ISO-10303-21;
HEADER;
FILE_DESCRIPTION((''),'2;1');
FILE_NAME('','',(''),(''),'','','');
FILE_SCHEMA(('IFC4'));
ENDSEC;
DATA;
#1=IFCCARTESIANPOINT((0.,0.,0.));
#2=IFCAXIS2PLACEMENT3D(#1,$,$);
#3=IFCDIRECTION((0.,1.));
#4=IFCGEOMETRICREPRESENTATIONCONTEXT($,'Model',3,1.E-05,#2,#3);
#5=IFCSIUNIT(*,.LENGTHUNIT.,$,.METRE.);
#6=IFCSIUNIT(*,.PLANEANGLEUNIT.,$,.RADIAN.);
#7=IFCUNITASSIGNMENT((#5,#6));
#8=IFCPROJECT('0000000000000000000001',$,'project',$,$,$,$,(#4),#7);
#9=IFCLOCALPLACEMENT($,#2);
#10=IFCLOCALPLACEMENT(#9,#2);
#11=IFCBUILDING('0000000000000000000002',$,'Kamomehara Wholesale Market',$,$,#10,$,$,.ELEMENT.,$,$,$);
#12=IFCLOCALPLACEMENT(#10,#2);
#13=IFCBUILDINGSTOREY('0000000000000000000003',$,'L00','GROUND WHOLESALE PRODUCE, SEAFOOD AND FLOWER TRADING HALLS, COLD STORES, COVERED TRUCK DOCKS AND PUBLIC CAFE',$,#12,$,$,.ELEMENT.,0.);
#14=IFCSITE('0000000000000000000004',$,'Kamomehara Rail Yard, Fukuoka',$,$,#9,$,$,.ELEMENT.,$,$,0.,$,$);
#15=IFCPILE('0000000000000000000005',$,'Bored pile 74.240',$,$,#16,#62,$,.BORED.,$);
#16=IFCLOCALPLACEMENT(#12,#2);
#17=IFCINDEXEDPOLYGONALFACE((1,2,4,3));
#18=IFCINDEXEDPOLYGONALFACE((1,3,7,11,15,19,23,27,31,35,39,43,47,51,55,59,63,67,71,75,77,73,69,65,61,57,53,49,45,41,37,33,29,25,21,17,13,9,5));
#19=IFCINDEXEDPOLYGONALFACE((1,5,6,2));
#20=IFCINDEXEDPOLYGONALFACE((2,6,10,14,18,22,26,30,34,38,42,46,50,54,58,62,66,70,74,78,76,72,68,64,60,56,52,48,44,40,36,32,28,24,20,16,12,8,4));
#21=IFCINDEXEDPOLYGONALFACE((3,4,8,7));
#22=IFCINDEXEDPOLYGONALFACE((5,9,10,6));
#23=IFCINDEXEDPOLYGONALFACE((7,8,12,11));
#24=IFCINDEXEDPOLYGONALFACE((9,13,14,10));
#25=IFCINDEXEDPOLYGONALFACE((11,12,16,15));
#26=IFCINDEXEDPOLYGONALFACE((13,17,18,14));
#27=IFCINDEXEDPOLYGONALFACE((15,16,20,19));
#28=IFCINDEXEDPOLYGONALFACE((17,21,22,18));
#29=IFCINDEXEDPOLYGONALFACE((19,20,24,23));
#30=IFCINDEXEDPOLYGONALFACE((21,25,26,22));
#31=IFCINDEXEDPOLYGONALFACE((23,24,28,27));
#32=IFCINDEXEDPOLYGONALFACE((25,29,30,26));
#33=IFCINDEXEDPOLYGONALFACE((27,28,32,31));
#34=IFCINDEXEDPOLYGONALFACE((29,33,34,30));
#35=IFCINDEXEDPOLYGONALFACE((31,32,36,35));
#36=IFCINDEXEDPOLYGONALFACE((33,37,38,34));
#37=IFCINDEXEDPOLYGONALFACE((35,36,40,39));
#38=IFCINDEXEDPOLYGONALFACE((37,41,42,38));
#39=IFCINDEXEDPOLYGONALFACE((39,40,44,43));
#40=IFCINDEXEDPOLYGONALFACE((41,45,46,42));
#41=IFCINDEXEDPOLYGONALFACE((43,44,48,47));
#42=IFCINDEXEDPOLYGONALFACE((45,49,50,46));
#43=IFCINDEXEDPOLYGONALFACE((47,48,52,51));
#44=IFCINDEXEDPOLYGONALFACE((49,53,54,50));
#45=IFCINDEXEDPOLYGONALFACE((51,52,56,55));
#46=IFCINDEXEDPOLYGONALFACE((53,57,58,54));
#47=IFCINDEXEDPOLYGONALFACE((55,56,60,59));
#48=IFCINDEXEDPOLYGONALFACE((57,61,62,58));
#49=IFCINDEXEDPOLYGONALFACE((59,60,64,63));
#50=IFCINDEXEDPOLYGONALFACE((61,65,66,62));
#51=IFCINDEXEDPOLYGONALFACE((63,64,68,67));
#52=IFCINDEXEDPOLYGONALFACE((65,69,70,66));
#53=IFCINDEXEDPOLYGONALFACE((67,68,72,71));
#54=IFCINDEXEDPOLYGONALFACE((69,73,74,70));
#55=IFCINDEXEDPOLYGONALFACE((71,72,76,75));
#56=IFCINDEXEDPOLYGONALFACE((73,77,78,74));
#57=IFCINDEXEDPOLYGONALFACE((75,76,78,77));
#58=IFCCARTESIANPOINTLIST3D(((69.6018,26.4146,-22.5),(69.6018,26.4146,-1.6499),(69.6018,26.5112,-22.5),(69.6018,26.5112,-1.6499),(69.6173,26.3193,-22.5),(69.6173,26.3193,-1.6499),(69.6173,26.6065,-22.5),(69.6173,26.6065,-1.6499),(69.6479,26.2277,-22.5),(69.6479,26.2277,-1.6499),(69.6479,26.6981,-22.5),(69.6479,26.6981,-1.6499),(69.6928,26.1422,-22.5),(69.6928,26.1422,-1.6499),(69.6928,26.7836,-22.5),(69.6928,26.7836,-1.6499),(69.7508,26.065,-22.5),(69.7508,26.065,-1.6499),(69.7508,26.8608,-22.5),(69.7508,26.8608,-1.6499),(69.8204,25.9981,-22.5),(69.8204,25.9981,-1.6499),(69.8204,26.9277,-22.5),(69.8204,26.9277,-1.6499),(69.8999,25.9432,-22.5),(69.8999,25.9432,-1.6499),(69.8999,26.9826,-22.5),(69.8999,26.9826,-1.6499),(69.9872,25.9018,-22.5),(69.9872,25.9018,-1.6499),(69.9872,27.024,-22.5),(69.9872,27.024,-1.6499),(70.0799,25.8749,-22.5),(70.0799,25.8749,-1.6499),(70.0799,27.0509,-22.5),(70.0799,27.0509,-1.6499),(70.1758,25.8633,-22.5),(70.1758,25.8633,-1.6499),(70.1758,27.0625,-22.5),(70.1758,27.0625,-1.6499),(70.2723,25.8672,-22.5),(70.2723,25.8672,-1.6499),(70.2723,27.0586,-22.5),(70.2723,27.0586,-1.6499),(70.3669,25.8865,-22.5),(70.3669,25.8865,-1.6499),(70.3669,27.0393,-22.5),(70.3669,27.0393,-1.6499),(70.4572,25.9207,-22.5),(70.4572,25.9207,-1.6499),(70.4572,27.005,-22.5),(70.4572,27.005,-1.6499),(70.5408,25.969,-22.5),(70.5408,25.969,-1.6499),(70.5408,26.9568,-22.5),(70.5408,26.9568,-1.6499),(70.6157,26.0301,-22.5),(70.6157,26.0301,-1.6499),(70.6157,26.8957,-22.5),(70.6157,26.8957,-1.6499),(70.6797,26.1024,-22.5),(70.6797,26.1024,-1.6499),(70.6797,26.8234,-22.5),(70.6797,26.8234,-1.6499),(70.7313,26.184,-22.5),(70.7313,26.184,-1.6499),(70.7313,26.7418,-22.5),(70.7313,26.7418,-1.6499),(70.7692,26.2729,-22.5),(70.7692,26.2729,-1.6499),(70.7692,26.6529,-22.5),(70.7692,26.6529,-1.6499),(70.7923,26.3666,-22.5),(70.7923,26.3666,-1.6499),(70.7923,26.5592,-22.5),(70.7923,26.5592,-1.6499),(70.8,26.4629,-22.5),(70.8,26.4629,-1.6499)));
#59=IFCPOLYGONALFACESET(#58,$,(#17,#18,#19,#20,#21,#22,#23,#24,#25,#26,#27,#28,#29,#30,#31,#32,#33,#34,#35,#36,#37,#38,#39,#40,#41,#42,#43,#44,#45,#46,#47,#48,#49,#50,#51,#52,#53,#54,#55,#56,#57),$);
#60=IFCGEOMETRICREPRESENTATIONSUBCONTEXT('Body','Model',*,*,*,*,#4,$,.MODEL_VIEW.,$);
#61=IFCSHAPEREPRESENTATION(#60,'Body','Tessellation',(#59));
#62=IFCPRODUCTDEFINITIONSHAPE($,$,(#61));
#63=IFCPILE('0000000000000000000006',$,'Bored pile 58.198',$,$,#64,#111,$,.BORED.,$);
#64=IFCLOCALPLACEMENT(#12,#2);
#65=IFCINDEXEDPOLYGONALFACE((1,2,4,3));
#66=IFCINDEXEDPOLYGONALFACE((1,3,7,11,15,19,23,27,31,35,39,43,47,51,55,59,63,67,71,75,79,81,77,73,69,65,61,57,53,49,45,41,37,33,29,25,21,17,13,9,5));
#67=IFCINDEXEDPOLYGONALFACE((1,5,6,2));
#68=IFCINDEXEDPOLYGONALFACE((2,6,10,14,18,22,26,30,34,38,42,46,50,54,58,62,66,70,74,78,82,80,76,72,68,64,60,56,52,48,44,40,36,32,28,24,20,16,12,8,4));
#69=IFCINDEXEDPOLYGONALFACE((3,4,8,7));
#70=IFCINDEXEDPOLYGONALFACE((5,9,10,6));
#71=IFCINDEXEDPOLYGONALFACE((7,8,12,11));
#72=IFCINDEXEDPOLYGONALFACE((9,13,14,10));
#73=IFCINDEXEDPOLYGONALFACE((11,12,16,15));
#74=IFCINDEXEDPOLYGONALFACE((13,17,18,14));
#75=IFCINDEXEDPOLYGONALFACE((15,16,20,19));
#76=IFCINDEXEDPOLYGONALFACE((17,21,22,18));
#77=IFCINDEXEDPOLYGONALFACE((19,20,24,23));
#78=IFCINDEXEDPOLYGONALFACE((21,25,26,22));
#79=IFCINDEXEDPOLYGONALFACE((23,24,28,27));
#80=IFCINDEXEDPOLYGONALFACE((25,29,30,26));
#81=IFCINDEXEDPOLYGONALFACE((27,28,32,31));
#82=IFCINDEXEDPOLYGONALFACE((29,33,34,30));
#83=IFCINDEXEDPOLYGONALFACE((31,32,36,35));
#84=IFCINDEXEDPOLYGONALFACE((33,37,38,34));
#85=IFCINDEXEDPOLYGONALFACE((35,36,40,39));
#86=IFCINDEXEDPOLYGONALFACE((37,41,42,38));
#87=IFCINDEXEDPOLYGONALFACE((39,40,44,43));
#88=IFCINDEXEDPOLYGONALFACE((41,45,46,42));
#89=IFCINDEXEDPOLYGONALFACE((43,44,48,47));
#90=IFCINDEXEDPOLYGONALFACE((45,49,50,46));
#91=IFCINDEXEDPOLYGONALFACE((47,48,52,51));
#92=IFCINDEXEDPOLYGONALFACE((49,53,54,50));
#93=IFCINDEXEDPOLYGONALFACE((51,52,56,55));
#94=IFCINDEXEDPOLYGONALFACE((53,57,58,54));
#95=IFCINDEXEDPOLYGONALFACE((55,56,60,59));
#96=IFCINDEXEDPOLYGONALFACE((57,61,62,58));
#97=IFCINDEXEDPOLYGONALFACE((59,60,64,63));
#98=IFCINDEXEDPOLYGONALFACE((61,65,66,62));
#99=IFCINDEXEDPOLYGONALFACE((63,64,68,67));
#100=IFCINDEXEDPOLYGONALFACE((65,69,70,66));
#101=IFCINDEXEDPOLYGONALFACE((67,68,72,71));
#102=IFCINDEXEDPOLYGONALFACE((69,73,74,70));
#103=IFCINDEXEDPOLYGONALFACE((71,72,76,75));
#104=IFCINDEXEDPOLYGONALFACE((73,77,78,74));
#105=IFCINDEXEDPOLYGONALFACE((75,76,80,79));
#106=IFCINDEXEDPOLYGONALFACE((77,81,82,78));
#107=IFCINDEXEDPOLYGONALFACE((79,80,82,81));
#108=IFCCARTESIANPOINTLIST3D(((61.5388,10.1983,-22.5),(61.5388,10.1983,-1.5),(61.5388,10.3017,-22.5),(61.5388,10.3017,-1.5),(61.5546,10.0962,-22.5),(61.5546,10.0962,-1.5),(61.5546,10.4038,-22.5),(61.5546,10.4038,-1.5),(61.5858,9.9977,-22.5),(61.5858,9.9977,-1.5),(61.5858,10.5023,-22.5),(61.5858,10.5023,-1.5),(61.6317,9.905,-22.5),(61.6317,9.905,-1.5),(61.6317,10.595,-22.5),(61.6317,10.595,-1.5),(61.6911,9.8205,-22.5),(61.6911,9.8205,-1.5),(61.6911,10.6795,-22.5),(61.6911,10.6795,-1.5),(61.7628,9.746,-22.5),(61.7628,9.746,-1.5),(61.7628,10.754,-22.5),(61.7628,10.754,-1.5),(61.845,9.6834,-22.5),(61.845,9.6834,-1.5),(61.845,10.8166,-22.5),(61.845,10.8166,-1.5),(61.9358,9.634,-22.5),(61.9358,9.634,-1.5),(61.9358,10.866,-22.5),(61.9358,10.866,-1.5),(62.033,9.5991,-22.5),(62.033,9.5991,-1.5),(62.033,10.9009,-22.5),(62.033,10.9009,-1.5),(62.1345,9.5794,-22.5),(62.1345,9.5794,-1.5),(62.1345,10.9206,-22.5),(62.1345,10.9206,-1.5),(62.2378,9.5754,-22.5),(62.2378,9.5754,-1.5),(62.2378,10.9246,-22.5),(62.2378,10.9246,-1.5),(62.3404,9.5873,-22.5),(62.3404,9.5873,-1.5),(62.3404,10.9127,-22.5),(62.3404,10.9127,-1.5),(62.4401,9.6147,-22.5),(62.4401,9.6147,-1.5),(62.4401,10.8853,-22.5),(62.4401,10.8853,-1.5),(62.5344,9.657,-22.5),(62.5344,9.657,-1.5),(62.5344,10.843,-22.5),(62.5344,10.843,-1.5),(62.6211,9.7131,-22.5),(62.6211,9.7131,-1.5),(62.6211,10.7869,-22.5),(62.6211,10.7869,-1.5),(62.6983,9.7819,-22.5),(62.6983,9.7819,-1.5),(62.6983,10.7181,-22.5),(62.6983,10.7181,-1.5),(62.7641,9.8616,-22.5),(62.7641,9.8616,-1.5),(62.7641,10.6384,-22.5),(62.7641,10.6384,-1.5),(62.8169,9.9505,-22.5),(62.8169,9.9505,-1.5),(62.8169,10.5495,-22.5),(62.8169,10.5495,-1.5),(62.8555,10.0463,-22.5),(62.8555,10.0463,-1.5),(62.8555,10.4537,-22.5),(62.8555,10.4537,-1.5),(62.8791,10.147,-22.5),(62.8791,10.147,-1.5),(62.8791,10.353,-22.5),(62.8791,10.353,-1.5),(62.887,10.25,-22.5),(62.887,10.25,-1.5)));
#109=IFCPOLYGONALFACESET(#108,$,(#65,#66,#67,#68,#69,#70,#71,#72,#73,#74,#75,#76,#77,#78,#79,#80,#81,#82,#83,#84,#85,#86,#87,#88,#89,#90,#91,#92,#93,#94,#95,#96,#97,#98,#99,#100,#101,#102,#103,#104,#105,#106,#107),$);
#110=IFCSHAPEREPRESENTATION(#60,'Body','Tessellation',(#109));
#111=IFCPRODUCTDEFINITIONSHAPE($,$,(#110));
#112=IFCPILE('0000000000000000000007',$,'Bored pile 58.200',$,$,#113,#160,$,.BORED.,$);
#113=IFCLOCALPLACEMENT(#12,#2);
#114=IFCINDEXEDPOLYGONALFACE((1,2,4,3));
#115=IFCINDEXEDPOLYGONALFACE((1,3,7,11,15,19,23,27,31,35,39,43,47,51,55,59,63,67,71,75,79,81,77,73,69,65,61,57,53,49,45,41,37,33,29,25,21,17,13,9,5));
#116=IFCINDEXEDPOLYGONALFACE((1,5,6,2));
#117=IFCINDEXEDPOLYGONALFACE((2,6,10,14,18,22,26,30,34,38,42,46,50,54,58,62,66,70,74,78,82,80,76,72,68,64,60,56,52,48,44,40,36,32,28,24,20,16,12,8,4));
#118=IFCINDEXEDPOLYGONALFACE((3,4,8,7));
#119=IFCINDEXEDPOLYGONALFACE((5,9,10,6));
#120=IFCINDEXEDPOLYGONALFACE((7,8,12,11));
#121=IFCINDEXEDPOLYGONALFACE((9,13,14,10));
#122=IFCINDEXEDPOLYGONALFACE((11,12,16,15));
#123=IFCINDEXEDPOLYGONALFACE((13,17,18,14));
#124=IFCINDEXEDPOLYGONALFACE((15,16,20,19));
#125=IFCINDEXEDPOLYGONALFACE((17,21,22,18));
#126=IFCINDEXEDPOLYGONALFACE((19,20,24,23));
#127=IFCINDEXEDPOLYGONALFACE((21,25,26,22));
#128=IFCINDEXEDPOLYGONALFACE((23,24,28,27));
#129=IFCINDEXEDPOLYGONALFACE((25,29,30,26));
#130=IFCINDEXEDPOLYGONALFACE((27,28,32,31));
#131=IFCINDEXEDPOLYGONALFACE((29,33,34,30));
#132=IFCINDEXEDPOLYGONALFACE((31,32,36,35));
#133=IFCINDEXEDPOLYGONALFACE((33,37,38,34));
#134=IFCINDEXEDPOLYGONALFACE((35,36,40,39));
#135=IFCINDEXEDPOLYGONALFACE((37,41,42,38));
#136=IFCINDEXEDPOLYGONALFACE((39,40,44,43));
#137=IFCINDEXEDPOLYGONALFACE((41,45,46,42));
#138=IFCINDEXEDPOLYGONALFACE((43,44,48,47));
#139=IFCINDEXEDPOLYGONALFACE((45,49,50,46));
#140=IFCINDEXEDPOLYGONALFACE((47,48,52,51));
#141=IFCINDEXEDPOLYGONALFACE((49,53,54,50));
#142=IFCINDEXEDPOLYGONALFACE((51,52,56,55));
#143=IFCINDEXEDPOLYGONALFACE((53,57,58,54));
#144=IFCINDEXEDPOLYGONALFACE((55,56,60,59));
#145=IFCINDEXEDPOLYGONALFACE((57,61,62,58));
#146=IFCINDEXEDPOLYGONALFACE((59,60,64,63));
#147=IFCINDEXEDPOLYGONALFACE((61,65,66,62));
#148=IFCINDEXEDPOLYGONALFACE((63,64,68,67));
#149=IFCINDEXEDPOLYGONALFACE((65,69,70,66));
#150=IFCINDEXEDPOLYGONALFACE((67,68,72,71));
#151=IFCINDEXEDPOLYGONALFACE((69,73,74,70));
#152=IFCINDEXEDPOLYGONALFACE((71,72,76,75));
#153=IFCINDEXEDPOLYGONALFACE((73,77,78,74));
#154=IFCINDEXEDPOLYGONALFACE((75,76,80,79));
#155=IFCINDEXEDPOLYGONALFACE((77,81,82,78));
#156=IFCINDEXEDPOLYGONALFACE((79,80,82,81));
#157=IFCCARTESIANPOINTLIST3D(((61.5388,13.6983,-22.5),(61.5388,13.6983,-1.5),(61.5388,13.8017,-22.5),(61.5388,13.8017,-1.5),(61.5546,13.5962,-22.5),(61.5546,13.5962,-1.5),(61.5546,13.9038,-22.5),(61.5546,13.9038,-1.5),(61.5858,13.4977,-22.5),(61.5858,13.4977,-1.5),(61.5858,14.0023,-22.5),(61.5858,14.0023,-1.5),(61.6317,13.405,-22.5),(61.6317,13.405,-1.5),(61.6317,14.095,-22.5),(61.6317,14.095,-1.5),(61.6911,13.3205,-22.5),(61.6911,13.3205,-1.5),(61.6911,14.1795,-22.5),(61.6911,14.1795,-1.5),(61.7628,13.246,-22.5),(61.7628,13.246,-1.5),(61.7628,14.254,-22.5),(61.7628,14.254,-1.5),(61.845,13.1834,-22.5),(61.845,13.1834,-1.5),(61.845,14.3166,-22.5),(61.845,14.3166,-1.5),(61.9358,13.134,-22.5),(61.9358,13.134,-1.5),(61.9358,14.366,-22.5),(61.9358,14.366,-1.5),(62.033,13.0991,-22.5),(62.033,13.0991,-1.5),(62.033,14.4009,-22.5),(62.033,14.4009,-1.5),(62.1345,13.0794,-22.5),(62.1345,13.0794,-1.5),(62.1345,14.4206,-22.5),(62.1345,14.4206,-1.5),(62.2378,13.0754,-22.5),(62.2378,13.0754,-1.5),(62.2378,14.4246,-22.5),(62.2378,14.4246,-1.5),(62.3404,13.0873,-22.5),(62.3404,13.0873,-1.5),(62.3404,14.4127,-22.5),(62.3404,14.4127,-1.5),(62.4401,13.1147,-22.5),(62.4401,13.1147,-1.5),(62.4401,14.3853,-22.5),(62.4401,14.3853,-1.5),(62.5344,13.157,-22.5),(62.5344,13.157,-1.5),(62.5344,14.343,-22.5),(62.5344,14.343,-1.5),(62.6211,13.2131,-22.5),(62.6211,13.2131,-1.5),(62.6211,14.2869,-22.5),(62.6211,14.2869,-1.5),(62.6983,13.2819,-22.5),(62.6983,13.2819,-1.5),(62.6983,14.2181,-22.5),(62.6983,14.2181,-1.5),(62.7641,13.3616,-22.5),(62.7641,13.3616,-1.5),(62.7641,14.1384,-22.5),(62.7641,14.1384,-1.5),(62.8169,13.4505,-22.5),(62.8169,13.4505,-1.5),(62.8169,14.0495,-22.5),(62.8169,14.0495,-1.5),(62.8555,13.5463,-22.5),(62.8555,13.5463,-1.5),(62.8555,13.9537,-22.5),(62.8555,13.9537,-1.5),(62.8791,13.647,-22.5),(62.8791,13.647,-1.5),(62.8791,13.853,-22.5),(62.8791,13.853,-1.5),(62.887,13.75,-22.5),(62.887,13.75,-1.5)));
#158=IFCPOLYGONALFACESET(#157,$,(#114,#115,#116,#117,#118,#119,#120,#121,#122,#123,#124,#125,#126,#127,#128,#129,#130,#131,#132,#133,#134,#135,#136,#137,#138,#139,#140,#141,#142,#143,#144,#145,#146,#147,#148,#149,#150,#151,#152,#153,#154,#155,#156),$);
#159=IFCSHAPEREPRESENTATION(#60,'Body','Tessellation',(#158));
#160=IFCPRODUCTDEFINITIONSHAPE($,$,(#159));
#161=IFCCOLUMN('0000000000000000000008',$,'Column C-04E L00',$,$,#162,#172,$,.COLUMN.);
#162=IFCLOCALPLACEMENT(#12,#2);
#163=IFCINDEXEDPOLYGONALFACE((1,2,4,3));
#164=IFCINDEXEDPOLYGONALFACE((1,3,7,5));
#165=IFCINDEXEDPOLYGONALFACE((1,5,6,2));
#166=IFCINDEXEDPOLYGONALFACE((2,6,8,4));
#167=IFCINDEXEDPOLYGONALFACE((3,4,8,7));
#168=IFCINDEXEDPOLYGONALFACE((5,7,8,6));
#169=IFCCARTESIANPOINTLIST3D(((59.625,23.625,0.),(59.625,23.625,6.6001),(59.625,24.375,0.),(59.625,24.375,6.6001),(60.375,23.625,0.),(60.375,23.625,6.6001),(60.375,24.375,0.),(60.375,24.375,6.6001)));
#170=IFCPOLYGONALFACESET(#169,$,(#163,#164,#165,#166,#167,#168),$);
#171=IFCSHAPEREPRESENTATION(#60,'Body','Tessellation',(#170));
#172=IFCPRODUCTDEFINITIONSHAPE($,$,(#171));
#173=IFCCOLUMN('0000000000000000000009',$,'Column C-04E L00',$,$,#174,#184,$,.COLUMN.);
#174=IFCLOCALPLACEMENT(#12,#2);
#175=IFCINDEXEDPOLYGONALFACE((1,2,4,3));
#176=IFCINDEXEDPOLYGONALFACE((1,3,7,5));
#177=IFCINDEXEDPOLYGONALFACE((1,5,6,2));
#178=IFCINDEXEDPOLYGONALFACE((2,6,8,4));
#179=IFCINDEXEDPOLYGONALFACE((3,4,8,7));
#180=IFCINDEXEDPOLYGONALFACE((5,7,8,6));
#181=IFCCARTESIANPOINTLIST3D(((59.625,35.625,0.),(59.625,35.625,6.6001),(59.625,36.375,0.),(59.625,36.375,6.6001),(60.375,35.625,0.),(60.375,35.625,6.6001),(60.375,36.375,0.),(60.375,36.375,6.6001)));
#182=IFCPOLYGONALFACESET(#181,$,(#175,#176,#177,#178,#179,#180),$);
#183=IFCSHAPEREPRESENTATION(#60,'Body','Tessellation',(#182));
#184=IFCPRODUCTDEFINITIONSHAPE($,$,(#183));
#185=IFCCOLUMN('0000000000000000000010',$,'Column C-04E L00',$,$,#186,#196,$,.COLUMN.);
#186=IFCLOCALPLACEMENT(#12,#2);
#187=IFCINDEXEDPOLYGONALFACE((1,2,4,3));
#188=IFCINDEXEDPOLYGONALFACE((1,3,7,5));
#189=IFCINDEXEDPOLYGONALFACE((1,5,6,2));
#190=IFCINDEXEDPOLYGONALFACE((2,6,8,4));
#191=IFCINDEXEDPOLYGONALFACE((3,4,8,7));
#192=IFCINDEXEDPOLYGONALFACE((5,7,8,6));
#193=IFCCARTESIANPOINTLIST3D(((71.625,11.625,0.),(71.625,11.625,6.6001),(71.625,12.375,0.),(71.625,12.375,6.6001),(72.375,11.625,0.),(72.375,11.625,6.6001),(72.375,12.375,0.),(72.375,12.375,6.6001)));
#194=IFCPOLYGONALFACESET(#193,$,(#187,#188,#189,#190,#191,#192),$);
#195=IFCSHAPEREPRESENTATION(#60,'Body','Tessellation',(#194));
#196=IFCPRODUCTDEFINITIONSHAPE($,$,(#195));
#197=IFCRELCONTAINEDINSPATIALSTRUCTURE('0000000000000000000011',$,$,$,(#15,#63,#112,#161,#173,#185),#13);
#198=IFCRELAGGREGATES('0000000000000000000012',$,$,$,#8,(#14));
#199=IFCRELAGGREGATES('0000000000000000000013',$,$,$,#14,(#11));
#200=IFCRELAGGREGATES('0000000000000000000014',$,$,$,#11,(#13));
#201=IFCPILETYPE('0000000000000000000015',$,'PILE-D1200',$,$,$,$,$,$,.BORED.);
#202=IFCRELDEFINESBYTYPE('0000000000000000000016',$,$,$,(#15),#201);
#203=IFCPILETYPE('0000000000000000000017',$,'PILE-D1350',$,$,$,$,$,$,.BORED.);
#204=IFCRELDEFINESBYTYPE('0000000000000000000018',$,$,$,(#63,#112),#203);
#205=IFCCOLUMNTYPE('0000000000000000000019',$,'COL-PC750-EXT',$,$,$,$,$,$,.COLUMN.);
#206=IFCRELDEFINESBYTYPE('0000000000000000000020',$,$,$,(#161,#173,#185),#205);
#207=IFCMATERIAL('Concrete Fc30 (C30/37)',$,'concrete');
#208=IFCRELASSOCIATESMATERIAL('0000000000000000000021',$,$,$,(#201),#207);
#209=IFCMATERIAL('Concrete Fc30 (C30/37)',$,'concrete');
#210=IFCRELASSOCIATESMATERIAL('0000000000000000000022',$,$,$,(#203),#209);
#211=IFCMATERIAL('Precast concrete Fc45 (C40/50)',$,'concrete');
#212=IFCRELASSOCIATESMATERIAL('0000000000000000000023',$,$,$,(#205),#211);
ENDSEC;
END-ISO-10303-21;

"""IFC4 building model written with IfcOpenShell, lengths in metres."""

from ifc_helpers import new_model, si_unit, direction, frame, origin, origin_2d, place, context, subcontext, project, spatial, rectangle, circle, extrude, material, material_profile, profile_set, type_object, element, save


model = new_model("IFC4")

# Units and contexts
model_context = context("Model", 3, precision=1e-05, world=origin(), true_north=direction((0.0, 1.0)))
body_context = subcontext(model_context, "Body", "Model", "MODEL_VIEW")
ifc_project = project(units=[si_unit("LENGTHUNIT", "METRE"), si_unit("PLANEANGLEUNIT", "RADIAN")], contexts=[model_context])

# Site, building, storey
site_placement = place(None, origin())
site = spatial("IfcSite", under=ifc_project, at=site_placement, Name="Kamomehara Rail Yard, Fukuoka", CompositionType="ELEMENT", RefElevation=0.0)
building_placement = place(site_placement, origin())
building = spatial("IfcBuilding", under=site, at=building_placement, Name="Kamomehara Wholesale Market", CompositionType="ELEMENT")
storey_placement = place(building_placement, origin())
storey = spatial("IfcBuildingStorey", under=building, at=storey_placement, Name="L00", Description="GROUND WHOLESALE PRODUCE, SEAFOOD AND FLOWER TRADING HALLS, COLD STORES, COVERED TRUCK DOCKS AND PUBLIC CAFE", CompositionType="ELEMENT", Elevation=0.0)

# Piles
ifc_material_1 = material(Name="Concrete Fc30 (C30/37)", Category="concrete")
ifc_material_profile_1 = material_profile(ifc_material_1, circle(Radius=0.6001, at=origin_2d()), Name="RC-PILE-D1200")
ifc_profile_set_1 = profile_set([ifc_material_profile_1], Name="Concrete Fc30 (C30/37)")
pile_type_1 = type_object("IfcPileType", Name="PILE-D1200", PredefinedType="BORED", material=ifc_profile_set_1)
for number, where, z_axis, x_axis, name in (
    (1, (70.2, 26.4629, -1.6499), (0.0, 0.0, -1.0), (1.0, 0.0, 0.0), "Bored pile 74.240"),
):
    element("IfcPile", number, at=place(storey_placement, frame(where, z_axis=z_axis, x_axis=x_axis)), inside=storey, type_object=pile_type_1, Name=name, PredefinedType="BORED", context=body_context, shape_type="SweptSolid", body=[
        extrude(circle(Radius=0.6001, at=origin_2d()), origin(), (0.0, 0.0, 1.0), 20.8501),
    ])
ifc_material_2 = material(Name="Concrete Fc30 (C30/37)", Category="concrete")
ifc_material_profile_2 = material_profile(ifc_material_2, circle(Radius=0.675, at=origin_2d()), Name="RC-PILE-D1350")
ifc_profile_set_2 = profile_set([ifc_material_profile_2], Name="Concrete Fc30 (C30/37)")
pile_type_2 = type_object("IfcPileType", Name="PILE-D1350", PredefinedType="BORED", material=ifc_profile_set_2)
for number, where, z_axis, x_axis, name in (
    (2, (62.2119, 10.25, -1.5), (0.0, 0.0, -1.0), (1.0, 0.0, 0.0), "Bored pile 58.198"),
    (3, (62.2119, 13.75, -1.5), (0.0, 0.0, -1.0), (1.0, 0.0, 0.0), "Bored pile 58.200"),
):
    element("IfcPile", number, at=place(storey_placement, frame(where, z_axis=z_axis, x_axis=x_axis)), inside=storey, type_object=pile_type_2, Name=name, PredefinedType="BORED", context=body_context, shape_type="SweptSolid", body=[
        extrude(circle(Radius=0.675, at=origin_2d()), origin(), (0.0, 0.0, 1.0), 21.0),
    ])

# Columns
ifc_material_3 = material(Name="Precast concrete Fc45 (C40/50)", Category="concrete")
ifc_material_profile_3 = material_profile(ifc_material_3, rectangle(XDim=0.75, YDim=0.75, at=origin_2d()), Name="PC-COL-750x750")
ifc_profile_set_3 = profile_set([ifc_material_profile_3], Name="Precast concrete Fc45 (C40/50)")
column_type_1 = type_object("IfcColumnType", Name="COL-PC750-EXT", PredefinedType="COLUMN", material=ifc_profile_set_3)
for number, where, z_axis, x_axis, name in (
    (4, (60.0, 24.0, 0.0), (0.0, 0.0, 1.0), (1.0, 0.0, 0.0), "Column C-04E L00"),
    (5, (60.0, 36.0, 0.0), (0.0, 0.0, 1.0), (1.0, 0.0, 0.0), "Column C-04E L00"),
    (6, (72.0, 12.0, 0.0), (0.0, 0.0, 1.0), (1.0, 0.0, 0.0), "Column C-04E L00"),
):
    element("IfcColumn", number, at=place(storey_placement, frame(where, z_axis=z_axis, x_axis=x_axis)), inside=storey, type_object=column_type_1, Name=name, PredefinedType="COLUMN", context=body_context, shape_type="SweptSolid", body=[
        extrude(rectangle(XDim=0.75, YDim=0.75, at=origin_2d()), origin(), (0.0, 0.0, 1.0), 6.6001),
    ])

save(model, "model.ifc")
